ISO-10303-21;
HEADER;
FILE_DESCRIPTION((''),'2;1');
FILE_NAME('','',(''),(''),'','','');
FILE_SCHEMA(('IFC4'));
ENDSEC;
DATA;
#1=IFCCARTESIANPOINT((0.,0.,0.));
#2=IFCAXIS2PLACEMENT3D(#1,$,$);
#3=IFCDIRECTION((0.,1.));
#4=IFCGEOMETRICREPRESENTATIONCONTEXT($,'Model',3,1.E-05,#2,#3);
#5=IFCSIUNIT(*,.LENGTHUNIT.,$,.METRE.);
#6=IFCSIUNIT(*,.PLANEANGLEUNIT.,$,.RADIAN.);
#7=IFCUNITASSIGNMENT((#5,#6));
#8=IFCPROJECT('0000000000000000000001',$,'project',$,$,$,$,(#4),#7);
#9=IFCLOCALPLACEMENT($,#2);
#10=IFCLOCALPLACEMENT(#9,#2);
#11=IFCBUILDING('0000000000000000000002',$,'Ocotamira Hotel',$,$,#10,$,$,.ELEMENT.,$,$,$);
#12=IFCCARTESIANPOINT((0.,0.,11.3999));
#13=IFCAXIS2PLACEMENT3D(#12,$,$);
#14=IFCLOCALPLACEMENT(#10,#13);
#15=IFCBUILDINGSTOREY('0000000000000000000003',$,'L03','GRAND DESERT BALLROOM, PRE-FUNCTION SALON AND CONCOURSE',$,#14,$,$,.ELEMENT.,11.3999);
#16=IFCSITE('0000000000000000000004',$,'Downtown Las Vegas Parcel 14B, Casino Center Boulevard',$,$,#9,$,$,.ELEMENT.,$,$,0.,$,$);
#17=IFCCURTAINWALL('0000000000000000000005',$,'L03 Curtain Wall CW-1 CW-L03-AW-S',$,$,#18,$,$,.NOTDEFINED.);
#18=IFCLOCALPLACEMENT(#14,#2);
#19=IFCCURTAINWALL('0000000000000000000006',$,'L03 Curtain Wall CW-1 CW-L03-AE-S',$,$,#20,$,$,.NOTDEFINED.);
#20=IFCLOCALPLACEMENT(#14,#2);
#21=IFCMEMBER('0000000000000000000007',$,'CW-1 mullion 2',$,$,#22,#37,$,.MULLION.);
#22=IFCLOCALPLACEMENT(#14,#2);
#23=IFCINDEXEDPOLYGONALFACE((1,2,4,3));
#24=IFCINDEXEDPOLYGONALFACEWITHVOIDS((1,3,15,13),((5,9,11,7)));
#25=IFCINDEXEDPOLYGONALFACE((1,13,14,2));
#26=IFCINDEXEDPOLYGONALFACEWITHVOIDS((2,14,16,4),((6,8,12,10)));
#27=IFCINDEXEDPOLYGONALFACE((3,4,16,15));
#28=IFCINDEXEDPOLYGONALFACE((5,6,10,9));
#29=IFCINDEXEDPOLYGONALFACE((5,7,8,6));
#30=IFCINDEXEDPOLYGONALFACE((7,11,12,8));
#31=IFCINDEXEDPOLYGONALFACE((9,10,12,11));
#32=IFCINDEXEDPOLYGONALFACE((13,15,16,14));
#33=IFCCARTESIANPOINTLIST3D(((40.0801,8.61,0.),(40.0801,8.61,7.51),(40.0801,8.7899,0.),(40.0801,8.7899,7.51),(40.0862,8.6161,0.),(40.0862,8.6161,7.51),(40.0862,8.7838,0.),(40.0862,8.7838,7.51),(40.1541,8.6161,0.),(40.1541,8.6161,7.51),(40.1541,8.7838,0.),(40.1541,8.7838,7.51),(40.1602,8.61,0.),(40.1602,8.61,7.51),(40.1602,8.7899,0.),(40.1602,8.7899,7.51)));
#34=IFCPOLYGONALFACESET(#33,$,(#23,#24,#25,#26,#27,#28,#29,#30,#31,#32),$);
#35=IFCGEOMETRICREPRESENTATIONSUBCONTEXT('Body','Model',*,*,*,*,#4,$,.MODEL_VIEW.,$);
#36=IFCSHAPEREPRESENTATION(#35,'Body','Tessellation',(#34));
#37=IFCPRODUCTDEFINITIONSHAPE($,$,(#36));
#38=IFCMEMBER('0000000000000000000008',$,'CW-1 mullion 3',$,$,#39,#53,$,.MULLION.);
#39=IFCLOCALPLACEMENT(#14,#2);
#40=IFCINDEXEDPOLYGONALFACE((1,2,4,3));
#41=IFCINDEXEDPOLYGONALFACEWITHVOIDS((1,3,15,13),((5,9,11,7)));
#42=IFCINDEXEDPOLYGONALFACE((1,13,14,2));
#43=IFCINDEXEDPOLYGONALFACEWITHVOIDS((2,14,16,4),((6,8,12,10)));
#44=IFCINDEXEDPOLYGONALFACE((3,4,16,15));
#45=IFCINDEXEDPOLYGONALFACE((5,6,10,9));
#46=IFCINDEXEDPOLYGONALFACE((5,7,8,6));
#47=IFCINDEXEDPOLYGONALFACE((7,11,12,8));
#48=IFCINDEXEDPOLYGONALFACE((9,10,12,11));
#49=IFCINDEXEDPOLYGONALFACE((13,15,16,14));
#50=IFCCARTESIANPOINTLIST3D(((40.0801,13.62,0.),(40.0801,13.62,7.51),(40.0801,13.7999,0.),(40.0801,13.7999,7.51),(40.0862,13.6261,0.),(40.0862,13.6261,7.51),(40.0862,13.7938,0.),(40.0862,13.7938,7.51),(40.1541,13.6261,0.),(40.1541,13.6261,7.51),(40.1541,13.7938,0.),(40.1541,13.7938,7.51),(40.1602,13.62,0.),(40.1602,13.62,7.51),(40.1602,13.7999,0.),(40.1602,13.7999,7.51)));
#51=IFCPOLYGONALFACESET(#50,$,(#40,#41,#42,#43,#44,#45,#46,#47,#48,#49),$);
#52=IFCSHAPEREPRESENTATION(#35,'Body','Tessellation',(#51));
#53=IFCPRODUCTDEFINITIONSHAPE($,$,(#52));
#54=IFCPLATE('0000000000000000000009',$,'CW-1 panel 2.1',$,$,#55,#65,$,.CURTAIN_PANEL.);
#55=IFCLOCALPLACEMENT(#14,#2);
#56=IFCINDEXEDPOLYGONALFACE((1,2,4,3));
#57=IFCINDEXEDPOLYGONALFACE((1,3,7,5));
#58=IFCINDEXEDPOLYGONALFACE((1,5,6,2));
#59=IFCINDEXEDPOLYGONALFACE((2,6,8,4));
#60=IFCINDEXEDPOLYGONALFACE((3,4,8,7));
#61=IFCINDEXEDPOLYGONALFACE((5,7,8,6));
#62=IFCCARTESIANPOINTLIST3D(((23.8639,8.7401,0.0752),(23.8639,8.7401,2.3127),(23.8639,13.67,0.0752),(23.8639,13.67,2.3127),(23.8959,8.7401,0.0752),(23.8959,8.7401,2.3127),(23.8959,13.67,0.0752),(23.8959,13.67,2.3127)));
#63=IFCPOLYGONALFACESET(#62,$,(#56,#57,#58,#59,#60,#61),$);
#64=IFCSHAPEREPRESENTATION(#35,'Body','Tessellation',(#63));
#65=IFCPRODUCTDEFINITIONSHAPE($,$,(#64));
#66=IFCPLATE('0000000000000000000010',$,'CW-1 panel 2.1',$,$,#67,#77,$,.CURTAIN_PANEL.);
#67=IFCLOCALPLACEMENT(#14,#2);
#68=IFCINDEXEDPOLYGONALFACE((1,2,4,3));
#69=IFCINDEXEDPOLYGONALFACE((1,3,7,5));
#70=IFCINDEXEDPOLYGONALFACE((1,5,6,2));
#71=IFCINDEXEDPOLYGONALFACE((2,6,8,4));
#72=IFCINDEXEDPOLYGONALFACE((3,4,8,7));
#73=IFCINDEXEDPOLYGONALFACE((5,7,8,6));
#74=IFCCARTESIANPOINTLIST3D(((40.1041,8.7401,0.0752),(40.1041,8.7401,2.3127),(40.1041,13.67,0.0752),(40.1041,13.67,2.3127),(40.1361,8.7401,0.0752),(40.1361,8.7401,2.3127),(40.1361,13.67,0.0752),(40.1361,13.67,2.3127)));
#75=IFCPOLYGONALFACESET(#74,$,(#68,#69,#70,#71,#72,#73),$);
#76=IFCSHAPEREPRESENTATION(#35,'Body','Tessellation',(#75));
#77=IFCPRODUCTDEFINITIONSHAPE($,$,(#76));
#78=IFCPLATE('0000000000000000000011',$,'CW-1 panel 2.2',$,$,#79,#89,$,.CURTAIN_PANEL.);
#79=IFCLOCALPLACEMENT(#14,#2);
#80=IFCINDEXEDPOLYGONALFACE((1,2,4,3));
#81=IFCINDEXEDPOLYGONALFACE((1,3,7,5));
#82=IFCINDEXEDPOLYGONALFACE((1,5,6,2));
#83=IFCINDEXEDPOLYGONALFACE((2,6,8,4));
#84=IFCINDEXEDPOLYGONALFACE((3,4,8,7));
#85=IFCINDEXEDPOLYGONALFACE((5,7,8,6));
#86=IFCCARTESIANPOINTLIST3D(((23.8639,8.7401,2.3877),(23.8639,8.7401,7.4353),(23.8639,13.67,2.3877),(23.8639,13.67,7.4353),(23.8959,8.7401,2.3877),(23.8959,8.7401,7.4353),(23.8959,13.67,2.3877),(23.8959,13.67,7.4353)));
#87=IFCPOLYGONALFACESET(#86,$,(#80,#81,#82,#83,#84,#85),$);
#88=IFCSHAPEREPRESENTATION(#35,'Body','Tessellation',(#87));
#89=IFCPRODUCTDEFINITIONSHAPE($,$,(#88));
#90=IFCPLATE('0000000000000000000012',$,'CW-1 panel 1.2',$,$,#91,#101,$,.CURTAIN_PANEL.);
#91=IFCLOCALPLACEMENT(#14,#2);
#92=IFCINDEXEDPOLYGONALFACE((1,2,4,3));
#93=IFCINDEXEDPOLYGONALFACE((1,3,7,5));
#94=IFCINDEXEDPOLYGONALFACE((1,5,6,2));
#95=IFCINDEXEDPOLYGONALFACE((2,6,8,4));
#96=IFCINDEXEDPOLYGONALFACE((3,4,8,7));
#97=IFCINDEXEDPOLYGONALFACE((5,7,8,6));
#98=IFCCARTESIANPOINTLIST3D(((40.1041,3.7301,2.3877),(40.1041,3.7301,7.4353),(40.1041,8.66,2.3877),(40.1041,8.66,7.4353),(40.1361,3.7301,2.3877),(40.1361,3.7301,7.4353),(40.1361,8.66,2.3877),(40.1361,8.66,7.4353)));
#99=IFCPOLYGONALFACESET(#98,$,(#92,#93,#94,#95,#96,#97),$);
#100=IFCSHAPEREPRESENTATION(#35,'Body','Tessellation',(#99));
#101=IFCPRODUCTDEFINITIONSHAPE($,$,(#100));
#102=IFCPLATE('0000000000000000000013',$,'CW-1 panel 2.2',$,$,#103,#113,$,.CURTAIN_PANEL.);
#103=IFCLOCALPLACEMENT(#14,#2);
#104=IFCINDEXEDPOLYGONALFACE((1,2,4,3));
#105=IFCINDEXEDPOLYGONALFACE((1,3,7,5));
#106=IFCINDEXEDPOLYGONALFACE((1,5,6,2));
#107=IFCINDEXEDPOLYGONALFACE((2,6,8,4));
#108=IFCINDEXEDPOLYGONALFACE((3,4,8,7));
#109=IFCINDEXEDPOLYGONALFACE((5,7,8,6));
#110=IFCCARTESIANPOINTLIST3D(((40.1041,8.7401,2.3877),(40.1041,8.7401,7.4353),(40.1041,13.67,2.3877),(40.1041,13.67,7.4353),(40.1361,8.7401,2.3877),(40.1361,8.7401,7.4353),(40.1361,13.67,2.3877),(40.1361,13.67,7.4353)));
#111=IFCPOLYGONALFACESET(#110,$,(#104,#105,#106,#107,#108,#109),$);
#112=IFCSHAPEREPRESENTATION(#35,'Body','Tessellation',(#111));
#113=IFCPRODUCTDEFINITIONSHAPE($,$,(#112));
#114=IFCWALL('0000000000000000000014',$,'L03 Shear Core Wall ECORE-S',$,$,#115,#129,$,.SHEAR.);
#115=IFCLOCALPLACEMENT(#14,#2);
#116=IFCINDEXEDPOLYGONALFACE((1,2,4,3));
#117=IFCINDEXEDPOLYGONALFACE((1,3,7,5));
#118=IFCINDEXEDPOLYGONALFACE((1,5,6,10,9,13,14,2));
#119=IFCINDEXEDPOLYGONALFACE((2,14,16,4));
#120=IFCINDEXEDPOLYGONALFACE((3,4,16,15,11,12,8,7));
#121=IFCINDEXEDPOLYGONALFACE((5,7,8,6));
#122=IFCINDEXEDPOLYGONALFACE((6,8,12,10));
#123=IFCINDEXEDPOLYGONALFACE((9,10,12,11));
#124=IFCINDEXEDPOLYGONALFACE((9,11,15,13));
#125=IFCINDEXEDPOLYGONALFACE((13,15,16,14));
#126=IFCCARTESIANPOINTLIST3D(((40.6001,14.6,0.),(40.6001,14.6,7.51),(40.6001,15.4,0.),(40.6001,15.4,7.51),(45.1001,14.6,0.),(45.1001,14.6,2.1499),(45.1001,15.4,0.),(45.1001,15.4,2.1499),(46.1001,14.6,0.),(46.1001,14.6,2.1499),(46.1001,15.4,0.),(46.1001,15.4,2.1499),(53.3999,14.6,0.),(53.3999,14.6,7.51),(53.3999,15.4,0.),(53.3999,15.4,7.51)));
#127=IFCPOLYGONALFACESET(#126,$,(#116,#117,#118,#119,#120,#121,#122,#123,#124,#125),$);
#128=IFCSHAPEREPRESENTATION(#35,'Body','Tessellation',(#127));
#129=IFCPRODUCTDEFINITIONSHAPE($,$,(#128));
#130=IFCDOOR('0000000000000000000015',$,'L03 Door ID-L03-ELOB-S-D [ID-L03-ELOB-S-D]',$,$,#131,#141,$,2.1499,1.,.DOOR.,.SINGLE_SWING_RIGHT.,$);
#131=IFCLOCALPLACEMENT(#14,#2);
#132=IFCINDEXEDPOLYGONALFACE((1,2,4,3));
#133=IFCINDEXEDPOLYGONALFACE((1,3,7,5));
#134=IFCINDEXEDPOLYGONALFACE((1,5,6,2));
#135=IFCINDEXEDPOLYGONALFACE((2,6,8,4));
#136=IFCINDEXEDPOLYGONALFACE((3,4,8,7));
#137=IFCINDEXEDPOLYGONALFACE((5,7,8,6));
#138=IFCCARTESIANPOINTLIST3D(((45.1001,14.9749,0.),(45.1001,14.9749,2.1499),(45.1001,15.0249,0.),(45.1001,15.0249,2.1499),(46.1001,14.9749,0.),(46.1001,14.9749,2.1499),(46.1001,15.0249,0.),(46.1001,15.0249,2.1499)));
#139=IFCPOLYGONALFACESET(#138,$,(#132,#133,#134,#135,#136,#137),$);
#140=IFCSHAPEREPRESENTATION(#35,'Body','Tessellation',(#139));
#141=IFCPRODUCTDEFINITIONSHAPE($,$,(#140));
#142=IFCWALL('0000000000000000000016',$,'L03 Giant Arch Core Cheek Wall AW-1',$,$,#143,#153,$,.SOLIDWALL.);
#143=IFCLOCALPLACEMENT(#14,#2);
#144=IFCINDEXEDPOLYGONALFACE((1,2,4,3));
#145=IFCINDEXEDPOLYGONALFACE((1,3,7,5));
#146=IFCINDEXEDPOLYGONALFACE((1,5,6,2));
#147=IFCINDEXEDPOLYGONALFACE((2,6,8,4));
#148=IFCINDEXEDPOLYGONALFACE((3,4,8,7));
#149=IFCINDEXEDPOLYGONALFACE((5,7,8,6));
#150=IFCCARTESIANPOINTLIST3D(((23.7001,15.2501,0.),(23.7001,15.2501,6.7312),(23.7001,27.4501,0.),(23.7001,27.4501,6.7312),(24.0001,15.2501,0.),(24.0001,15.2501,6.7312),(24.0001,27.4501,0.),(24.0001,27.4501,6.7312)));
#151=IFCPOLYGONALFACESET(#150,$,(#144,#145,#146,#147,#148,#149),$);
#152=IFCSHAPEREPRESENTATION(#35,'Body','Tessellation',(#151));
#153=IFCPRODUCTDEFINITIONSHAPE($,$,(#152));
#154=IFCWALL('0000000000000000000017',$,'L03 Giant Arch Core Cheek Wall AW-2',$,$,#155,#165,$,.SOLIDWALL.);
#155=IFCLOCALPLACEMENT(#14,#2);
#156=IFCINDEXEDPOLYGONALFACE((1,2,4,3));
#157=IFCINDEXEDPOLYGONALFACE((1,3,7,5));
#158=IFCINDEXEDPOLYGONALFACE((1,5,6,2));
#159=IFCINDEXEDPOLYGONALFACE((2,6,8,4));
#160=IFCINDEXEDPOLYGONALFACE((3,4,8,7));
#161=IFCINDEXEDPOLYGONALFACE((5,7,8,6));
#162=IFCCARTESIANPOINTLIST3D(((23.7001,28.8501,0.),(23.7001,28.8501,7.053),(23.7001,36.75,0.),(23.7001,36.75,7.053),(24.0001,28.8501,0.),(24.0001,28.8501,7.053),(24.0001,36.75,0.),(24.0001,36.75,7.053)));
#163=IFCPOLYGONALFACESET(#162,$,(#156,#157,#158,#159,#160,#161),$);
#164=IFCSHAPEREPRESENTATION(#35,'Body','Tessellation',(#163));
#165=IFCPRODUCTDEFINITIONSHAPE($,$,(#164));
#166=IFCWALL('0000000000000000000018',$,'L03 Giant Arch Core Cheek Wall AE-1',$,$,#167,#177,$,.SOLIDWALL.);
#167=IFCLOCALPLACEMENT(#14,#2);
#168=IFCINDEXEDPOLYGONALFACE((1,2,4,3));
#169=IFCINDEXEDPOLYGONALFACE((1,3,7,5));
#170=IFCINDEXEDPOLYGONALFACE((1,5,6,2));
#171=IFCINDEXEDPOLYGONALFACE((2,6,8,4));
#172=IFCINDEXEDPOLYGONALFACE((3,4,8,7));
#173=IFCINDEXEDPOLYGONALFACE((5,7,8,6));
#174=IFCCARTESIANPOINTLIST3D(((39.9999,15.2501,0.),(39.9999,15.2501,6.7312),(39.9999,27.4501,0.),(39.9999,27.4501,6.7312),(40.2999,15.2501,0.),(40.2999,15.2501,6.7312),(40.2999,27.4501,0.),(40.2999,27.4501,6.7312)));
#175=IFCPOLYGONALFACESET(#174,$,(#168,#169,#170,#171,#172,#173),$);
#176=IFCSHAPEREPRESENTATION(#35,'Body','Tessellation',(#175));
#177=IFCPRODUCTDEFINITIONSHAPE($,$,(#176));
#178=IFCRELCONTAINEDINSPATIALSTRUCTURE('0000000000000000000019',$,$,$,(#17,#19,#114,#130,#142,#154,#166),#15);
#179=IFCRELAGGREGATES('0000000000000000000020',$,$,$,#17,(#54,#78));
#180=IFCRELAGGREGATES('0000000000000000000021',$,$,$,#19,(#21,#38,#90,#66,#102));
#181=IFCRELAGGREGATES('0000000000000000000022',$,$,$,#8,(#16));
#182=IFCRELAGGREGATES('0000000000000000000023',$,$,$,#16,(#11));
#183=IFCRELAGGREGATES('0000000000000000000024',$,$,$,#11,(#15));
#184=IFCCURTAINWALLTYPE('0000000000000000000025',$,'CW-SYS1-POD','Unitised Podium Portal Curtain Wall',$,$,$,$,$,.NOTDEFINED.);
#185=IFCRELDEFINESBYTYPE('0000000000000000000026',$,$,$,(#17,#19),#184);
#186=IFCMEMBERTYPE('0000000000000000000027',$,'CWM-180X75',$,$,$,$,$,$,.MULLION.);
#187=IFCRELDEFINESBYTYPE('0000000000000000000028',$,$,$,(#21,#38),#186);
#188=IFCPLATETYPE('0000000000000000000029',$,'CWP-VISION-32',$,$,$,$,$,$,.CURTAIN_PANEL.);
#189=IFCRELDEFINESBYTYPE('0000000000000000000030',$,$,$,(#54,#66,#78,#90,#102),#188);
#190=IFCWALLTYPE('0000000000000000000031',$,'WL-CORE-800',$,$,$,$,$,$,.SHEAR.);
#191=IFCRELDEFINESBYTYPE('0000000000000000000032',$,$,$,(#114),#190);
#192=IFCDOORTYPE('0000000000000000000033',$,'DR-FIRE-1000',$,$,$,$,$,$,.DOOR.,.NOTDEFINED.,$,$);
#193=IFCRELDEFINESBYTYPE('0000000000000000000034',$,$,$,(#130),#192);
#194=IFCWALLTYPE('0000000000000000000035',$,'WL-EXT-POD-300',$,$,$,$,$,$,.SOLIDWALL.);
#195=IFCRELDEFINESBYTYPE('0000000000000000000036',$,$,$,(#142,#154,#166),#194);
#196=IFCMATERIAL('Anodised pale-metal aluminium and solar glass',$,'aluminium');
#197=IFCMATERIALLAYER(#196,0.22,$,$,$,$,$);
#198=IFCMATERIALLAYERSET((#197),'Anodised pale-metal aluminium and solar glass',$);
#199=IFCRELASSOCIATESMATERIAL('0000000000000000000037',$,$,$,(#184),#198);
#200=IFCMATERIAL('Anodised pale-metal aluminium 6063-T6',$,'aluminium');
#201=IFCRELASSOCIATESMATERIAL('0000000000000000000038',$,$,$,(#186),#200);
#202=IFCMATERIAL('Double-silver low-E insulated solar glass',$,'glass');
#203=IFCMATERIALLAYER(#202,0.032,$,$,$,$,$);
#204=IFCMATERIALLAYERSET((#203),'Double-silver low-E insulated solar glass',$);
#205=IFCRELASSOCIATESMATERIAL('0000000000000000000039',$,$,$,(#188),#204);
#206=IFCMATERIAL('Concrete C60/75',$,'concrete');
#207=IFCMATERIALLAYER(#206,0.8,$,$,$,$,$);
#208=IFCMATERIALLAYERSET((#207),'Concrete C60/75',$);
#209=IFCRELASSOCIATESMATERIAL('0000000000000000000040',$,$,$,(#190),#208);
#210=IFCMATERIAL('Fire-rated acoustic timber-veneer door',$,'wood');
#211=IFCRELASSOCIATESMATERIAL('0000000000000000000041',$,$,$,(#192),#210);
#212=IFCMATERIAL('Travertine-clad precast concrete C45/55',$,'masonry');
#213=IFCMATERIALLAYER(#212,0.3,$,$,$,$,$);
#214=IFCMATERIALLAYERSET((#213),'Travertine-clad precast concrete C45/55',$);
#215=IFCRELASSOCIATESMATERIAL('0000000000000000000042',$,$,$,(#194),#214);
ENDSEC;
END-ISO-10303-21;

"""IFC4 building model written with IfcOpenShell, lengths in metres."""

from ifc_helpers import new_model, si_unit, direction, frame, frame_2d, origin, origin_2d, place, context, subcontext, project, spatial, rectangle, hollow_rectangle, extrude, source, transform, mapped, material, layer, layer_set, material_profile, profile_set, type_object, element, fill, aggregate, save


model = new_model("IFC4")

# Units and contexts
model_context = context("Model", 3, precision=1e-05, world=origin(), true_north=direction((0.0, 1.0)))
body_context = subcontext(model_context, "Body", "Model", "MODEL_VIEW")
ifc_project = project(units=[si_unit("LENGTHUNIT", "METRE"), si_unit("PLANEANGLEUNIT", "RADIAN")], contexts=[model_context])

# Site, building, storey
site_placement = place(None, origin())
site = spatial("IfcSite", under=ifc_project, at=site_placement, Name="Downtown Las Vegas Parcel 14B, Casino Center Boulevard", CompositionType="ELEMENT", RefElevation=0.0)
building_placement = place(site_placement, origin())
building = spatial("IfcBuilding", under=site, at=building_placement, Name="Ocotamira Hotel", CompositionType="ELEMENT")
storey_placement = place(building_placement, frame((0.0, 0.0, 11.3999)))
storey = spatial("IfcBuildingStorey", under=building, at=storey_placement, Name="L03", Description="GRAND DESERT BALLROOM, PRE-FUNCTION SALON AND CONCOURSE", CompositionType="ELEMENT", Elevation=11.3999)

# Shared definitions
ifc_material_1 = material(Name="Concrete C60/75", Category="concrete")

# Curtain walls
ifc_material_2 = material(Name="Anodised pale-metal aluminium and solar glass", Category="aluminium")
ifc_layer_1 = layer(ifc_material_2, 0.22)
ifc_layer_set_1 = layer_set([ifc_layer_1], Name="Anodised pale-metal aluminium and solar glass")
curtain_wall_type = type_object("IfcCurtainWallType", Name="CW-SYS1-POD", Description="Unitised Podium Portal Curtain Wall", PredefinedType="NOTDEFINED", material=ifc_layer_set_1)
curtain_wall_1_placement = place(storey_placement, origin())
curtain_wall_1 = element("IfcCurtainWall", 1, at=curtain_wall_1_placement, inside=storey, type_object=curtain_wall_type, Name="L03 Curtain Wall CW-1 CW-L03-AW-S", PredefinedType="NOTDEFINED")
ifc_material_3 = material(Name="Anodised pale-metal aluminium 6063-T6", Category="aluminium")
curtain_wall_2_placement = place(storey_placement, origin())
curtain_wall_2 = element("IfcCurtainWall", 2, at=curtain_wall_2_placement, inside=storey, type_object=curtain_wall_type, Name="L03 Curtain Wall CW-1 CW-L03-AE-S", PredefinedType="NOTDEFINED")

# Members
ifc_material_profile_1 = material_profile(ifc_material_3, hollow_rectangle(XDim=0.0801, YDim=0.1799, WallThickness=0.0061, at=origin_2d()), Name="HSS180X80X6")
ifc_profile_set_1 = profile_set([ifc_material_profile_1], Name="Anodised pale-metal aluminium 6063-T6")
member_type_1 = type_object("IfcMemberType", Name="CWM-180X75", PredefinedType="MULLION", material=ifc_profile_set_1)
shared_shape_1 = source(origin(), body_context, "Body", "SweptSolid", [
    extrude(hollow_rectangle(XDim=0.0801, YDim=0.1799, WallThickness=0.0061, at=origin_2d()), origin(), (0.0, 0.0, 1.0), 7.51),
])
member_1_placement = place(storey_placement, frame((40.1201, 8.7, 0.0), z_axis=(0.0, 0.0, 1.0), x_axis=(-1.0, 0.0, 0.0)))
member_1 = element("IfcMember", 3, at=member_1_placement, type_object=member_type_1, Name="CW-1 mullion 2", PredefinedType="MULLION", context=body_context, shape_type="MappedRepresentation", body=[
    mapped(shared_shape_1, transform((0.0, 0.0, 0.0), scale=1.0)),
])
member_2_placement = place(storey_placement, frame((40.1201, 13.71, 0.0), z_axis=(0.0, 0.0, 1.0), x_axis=(-1.0, 0.0, 0.0)))
member_2 = element("IfcMember", 4, at=member_2_placement, type_object=member_type_1, Name="CW-1 mullion 3", PredefinedType="MULLION", context=body_context, shape_type="MappedRepresentation", body=[
    mapped(shared_shape_1, transform((0.0, 0.0, 0.0), scale=1.0)),
])

# Plates
ifc_material_4 = material(Name="Double-silver low-E insulated solar glass", Category="glass")
ifc_layer_2 = layer(ifc_material_4, 0.032)
ifc_layer_set_2 = layer_set([ifc_layer_2], Name="Double-silver low-E insulated solar glass")
plate_type = type_object("IfcPlateType", Name="CWP-VISION-32", PredefinedType="CURTAIN_PANEL", material=ifc_layer_set_2)
shared_shape_2 = source(origin(), body_context, "Body", "SweptSolid", [
    extrude(rectangle(XDim=4.9299, YDim=0.032, at=origin_2d()), origin(), (0.0, 0.0, 1.0), 2.2375),
])
plate_1_placement = place(storey_placement, frame((23.8799, 11.2051, 0.0752), z_axis=(0.0, 0.0, 1.0), x_axis=(0.0, 1.0, 0.0)))
plate_1 = element("IfcPlate", 5, at=plate_1_placement, type_object=plate_type, Name="CW-1 panel 2.1", PredefinedType="CURTAIN_PANEL", context=body_context, shape_type="MappedRepresentation", body=[
    mapped(shared_shape_2, transform((0.0, 0.0, 0.0), scale=1.0)),
])
plate_2_placement = place(storey_placement, frame((40.1201, 11.2051, 0.0752), z_axis=(0.0, 0.0, 1.0), x_axis=(0.0, 1.0, 0.0)))
plate_2 = element("IfcPlate", 6, at=plate_2_placement, type_object=plate_type, Name="CW-1 panel 2.1", PredefinedType="CURTAIN_PANEL", context=body_context, shape_type="MappedRepresentation", body=[
    mapped(shared_shape_2, transform((0.0, 0.0, 0.0), scale=1.0)),
])
shared_shape_3 = source(origin(), body_context, "Body", "SweptSolid", [
    extrude(rectangle(XDim=4.9299, YDim=0.032, at=origin_2d()), origin(), (0.0, 0.0, 1.0), 5.0476),
])
plate_3_placement = place(storey_placement, frame((23.8799, 11.2051, 2.3877), z_axis=(0.0, 0.0, 1.0), x_axis=(0.0, 1.0, 0.0)))
plate_3 = element("IfcPlate", 7, at=plate_3_placement, type_object=plate_type, Name="CW-1 panel 2.2", PredefinedType="CURTAIN_PANEL", context=body_context, shape_type="MappedRepresentation", body=[
    mapped(shared_shape_3, transform((0.0, 0.0, 0.0), scale=1.0)),
])
aggregate(curtain_wall_1, [plate_1, plate_3])
plate_4_placement = place(storey_placement, frame((40.1201, 6.1951, 2.3877), z_axis=(0.0, 0.0, 1.0), x_axis=(0.0, 1.0, 0.0)))
plate_4 = element("IfcPlate", 8, at=plate_4_placement, type_object=plate_type, Name="CW-1 panel 1.2", PredefinedType="CURTAIN_PANEL", context=body_context, shape_type="MappedRepresentation", body=[
    mapped(shared_shape_3, transform((0.0, 0.0, 0.0), scale=1.0)),
])
plate_5_placement = place(storey_placement, frame((40.1201, 11.2051, 2.3877), z_axis=(0.0, 0.0, 1.0), x_axis=(0.0, 1.0, 0.0)))
plate_5 = element("IfcPlate", 9, at=plate_5_placement, type_object=plate_type, Name="CW-1 panel 2.2", PredefinedType="CURTAIN_PANEL", context=body_context, shape_type="MappedRepresentation", body=[
    mapped(shared_shape_3, transform((0.0, 0.0, 0.0), scale=1.0)),
])
aggregate(curtain_wall_2, [member_1, member_2, plate_4, plate_2, plate_5])

# Wall, opening, door
ifc_layer_3 = layer(ifc_material_1, 0.8)
ifc_layer_set_3 = layer_set([ifc_layer_3], Name="Concrete C60/75")
wall_type_1 = type_object("IfcWallType", Name="WL-CORE-800", PredefinedType="SHEAR", material=ifc_layer_set_3)
wall_1_placement = place(storey_placement, frame((40.6001, 15.0, 0.0), z_axis=(0.0, 0.0, 1.0), x_axis=(1.0, 0.0, 0.0)))
wall_1 = element("IfcWall", 10, at=wall_1_placement, inside=storey, type_object=wall_type_1, Name="L03 Shear Core Wall ECORE-S", PredefinedType="SHEAR", context=body_context, shape_type="SweptSolid", body=[
    extrude(rectangle(XDim=12.7998, YDim=0.8, at=frame_2d((6.3999, 0.0))), origin(), (0.0, 0.0, 1.0), 7.51),
])
opening_1_placement = place(wall_1_placement, frame((4.5, 0.0, 0.0)))
opening_1 = element("IfcOpeningElement", 11, at=opening_1_placement, cuts=wall_1, PredefinedType="OPENING", context=body_context, shape_type="SweptSolid", body=[
    extrude(rectangle(XDim=1.0, YDim=2.1499, at=frame_2d((0.5, 1.075))), frame((0.0, 0.4102, 0.0), z_axis=(0.0, -1.0, 0.0), x_axis=(1.0, 0.0, 0.0)), (0.0, 0.0, 1.0), 0.8201),
])
ifc_material_5 = material(Name="Fire-rated acoustic timber-veneer door", Category="wood")
door_type_1 = type_object("IfcDoorType", Name="DR-FIRE-1000", OperationType="NOTDEFINED", PredefinedType="DOOR", material=ifc_material_5)
shared_shape_4 = source(origin(), body_context, "Body", "SweptSolid", [
    extrude(rectangle(XDim=1.0, YDim=2.1499, at=frame_2d((0.5, 1.075))), frame((0.0, 0.0249, 0.0), z_axis=(0.0, -1.0, 0.0), x_axis=(1.0, 0.0, 0.0)), (0.0, 0.0, 1.0), 0.05),
])
door_1_placement = place(opening_1_placement, origin())
door_1 = element("IfcDoor", 12, at=door_1_placement, inside=storey, type_object=door_type_1, Name="L03 Door ID-L03-ELOB-S-D [ID-L03-ELOB-S-D]", OperationType="SINGLE_SWING_RIGHT", OverallHeight=2.1499, OverallWidth=1.0, PredefinedType="DOOR", context=body_context, shape_type="MappedRepresentation", body=[
    mapped(shared_shape_4, transform((0.0, 0.0, 0.0), scale=1.0)),
])
fill(opening_1, door_1)

# Walls
ifc_material_6 = material(Name="Travertine-clad precast concrete C45/55", Category="masonry")
ifc_layer_4 = layer(ifc_material_6, 0.3)
ifc_layer_set_4 = layer_set([ifc_layer_4], Name="Travertine-clad precast concrete C45/55")
wall_type_2 = type_object("IfcWallType", Name="WL-EXT-POD-300", PredefinedType="SOLIDWALL", material=ifc_layer_set_4)
wall_2_placement = place(storey_placement, frame((23.8501, 15.25, 0.0), z_axis=(0.0, 0.0, 1.0), x_axis=(0.0, 1.0, 0.0)))
element("IfcWall", 13, at=wall_2_placement, inside=storey, type_object=wall_type_2, Name="L03 Giant Arch Core Cheek Wall AW-1", PredefinedType="SOLIDWALL", context=body_context, shape_type="SweptSolid", body=[
    extrude(rectangle(XDim=12.2, YDim=0.3, at=frame_2d((6.1001, 0.0))), origin(), (0.0, 0.0, 1.0), 6.7312),
])
wall_3_placement = place(storey_placement, frame((23.8501, 28.8501, 0.0), z_axis=(0.0, 0.0, 1.0), x_axis=(0.0, 1.0, 0.0)))
element("IfcWall", 14, at=wall_3_placement, inside=storey, type_object=wall_type_2, Name="L03 Giant Arch Core Cheek Wall AW-2", PredefinedType="SOLIDWALL", context=body_context, shape_type="SweptSolid", body=[
    extrude(rectangle(XDim=7.8999, YDim=0.3, at=frame_2d((3.95, 0.0))), origin(), (0.0, 0.0, 1.0), 7.053),
])
wall_4_placement = place(storey_placement, frame((40.1499, 15.25, 0.0), z_axis=(0.0, 0.0, 1.0), x_axis=(0.0, 1.0, 0.0)))
element("IfcWall", 15, at=wall_4_placement, inside=storey, type_object=wall_type_2, Name="L03 Giant Arch Core Cheek Wall AE-1", PredefinedType="SOLIDWALL", context=body_context, shape_type="SweptSolid", body=[
    extrude(rectangle(XDim=12.2, YDim=0.3, at=frame_2d((6.1001, 0.0))), origin(), (0.0, 0.0, 1.0), 6.7312),
])

save(model, "model.ifc")
